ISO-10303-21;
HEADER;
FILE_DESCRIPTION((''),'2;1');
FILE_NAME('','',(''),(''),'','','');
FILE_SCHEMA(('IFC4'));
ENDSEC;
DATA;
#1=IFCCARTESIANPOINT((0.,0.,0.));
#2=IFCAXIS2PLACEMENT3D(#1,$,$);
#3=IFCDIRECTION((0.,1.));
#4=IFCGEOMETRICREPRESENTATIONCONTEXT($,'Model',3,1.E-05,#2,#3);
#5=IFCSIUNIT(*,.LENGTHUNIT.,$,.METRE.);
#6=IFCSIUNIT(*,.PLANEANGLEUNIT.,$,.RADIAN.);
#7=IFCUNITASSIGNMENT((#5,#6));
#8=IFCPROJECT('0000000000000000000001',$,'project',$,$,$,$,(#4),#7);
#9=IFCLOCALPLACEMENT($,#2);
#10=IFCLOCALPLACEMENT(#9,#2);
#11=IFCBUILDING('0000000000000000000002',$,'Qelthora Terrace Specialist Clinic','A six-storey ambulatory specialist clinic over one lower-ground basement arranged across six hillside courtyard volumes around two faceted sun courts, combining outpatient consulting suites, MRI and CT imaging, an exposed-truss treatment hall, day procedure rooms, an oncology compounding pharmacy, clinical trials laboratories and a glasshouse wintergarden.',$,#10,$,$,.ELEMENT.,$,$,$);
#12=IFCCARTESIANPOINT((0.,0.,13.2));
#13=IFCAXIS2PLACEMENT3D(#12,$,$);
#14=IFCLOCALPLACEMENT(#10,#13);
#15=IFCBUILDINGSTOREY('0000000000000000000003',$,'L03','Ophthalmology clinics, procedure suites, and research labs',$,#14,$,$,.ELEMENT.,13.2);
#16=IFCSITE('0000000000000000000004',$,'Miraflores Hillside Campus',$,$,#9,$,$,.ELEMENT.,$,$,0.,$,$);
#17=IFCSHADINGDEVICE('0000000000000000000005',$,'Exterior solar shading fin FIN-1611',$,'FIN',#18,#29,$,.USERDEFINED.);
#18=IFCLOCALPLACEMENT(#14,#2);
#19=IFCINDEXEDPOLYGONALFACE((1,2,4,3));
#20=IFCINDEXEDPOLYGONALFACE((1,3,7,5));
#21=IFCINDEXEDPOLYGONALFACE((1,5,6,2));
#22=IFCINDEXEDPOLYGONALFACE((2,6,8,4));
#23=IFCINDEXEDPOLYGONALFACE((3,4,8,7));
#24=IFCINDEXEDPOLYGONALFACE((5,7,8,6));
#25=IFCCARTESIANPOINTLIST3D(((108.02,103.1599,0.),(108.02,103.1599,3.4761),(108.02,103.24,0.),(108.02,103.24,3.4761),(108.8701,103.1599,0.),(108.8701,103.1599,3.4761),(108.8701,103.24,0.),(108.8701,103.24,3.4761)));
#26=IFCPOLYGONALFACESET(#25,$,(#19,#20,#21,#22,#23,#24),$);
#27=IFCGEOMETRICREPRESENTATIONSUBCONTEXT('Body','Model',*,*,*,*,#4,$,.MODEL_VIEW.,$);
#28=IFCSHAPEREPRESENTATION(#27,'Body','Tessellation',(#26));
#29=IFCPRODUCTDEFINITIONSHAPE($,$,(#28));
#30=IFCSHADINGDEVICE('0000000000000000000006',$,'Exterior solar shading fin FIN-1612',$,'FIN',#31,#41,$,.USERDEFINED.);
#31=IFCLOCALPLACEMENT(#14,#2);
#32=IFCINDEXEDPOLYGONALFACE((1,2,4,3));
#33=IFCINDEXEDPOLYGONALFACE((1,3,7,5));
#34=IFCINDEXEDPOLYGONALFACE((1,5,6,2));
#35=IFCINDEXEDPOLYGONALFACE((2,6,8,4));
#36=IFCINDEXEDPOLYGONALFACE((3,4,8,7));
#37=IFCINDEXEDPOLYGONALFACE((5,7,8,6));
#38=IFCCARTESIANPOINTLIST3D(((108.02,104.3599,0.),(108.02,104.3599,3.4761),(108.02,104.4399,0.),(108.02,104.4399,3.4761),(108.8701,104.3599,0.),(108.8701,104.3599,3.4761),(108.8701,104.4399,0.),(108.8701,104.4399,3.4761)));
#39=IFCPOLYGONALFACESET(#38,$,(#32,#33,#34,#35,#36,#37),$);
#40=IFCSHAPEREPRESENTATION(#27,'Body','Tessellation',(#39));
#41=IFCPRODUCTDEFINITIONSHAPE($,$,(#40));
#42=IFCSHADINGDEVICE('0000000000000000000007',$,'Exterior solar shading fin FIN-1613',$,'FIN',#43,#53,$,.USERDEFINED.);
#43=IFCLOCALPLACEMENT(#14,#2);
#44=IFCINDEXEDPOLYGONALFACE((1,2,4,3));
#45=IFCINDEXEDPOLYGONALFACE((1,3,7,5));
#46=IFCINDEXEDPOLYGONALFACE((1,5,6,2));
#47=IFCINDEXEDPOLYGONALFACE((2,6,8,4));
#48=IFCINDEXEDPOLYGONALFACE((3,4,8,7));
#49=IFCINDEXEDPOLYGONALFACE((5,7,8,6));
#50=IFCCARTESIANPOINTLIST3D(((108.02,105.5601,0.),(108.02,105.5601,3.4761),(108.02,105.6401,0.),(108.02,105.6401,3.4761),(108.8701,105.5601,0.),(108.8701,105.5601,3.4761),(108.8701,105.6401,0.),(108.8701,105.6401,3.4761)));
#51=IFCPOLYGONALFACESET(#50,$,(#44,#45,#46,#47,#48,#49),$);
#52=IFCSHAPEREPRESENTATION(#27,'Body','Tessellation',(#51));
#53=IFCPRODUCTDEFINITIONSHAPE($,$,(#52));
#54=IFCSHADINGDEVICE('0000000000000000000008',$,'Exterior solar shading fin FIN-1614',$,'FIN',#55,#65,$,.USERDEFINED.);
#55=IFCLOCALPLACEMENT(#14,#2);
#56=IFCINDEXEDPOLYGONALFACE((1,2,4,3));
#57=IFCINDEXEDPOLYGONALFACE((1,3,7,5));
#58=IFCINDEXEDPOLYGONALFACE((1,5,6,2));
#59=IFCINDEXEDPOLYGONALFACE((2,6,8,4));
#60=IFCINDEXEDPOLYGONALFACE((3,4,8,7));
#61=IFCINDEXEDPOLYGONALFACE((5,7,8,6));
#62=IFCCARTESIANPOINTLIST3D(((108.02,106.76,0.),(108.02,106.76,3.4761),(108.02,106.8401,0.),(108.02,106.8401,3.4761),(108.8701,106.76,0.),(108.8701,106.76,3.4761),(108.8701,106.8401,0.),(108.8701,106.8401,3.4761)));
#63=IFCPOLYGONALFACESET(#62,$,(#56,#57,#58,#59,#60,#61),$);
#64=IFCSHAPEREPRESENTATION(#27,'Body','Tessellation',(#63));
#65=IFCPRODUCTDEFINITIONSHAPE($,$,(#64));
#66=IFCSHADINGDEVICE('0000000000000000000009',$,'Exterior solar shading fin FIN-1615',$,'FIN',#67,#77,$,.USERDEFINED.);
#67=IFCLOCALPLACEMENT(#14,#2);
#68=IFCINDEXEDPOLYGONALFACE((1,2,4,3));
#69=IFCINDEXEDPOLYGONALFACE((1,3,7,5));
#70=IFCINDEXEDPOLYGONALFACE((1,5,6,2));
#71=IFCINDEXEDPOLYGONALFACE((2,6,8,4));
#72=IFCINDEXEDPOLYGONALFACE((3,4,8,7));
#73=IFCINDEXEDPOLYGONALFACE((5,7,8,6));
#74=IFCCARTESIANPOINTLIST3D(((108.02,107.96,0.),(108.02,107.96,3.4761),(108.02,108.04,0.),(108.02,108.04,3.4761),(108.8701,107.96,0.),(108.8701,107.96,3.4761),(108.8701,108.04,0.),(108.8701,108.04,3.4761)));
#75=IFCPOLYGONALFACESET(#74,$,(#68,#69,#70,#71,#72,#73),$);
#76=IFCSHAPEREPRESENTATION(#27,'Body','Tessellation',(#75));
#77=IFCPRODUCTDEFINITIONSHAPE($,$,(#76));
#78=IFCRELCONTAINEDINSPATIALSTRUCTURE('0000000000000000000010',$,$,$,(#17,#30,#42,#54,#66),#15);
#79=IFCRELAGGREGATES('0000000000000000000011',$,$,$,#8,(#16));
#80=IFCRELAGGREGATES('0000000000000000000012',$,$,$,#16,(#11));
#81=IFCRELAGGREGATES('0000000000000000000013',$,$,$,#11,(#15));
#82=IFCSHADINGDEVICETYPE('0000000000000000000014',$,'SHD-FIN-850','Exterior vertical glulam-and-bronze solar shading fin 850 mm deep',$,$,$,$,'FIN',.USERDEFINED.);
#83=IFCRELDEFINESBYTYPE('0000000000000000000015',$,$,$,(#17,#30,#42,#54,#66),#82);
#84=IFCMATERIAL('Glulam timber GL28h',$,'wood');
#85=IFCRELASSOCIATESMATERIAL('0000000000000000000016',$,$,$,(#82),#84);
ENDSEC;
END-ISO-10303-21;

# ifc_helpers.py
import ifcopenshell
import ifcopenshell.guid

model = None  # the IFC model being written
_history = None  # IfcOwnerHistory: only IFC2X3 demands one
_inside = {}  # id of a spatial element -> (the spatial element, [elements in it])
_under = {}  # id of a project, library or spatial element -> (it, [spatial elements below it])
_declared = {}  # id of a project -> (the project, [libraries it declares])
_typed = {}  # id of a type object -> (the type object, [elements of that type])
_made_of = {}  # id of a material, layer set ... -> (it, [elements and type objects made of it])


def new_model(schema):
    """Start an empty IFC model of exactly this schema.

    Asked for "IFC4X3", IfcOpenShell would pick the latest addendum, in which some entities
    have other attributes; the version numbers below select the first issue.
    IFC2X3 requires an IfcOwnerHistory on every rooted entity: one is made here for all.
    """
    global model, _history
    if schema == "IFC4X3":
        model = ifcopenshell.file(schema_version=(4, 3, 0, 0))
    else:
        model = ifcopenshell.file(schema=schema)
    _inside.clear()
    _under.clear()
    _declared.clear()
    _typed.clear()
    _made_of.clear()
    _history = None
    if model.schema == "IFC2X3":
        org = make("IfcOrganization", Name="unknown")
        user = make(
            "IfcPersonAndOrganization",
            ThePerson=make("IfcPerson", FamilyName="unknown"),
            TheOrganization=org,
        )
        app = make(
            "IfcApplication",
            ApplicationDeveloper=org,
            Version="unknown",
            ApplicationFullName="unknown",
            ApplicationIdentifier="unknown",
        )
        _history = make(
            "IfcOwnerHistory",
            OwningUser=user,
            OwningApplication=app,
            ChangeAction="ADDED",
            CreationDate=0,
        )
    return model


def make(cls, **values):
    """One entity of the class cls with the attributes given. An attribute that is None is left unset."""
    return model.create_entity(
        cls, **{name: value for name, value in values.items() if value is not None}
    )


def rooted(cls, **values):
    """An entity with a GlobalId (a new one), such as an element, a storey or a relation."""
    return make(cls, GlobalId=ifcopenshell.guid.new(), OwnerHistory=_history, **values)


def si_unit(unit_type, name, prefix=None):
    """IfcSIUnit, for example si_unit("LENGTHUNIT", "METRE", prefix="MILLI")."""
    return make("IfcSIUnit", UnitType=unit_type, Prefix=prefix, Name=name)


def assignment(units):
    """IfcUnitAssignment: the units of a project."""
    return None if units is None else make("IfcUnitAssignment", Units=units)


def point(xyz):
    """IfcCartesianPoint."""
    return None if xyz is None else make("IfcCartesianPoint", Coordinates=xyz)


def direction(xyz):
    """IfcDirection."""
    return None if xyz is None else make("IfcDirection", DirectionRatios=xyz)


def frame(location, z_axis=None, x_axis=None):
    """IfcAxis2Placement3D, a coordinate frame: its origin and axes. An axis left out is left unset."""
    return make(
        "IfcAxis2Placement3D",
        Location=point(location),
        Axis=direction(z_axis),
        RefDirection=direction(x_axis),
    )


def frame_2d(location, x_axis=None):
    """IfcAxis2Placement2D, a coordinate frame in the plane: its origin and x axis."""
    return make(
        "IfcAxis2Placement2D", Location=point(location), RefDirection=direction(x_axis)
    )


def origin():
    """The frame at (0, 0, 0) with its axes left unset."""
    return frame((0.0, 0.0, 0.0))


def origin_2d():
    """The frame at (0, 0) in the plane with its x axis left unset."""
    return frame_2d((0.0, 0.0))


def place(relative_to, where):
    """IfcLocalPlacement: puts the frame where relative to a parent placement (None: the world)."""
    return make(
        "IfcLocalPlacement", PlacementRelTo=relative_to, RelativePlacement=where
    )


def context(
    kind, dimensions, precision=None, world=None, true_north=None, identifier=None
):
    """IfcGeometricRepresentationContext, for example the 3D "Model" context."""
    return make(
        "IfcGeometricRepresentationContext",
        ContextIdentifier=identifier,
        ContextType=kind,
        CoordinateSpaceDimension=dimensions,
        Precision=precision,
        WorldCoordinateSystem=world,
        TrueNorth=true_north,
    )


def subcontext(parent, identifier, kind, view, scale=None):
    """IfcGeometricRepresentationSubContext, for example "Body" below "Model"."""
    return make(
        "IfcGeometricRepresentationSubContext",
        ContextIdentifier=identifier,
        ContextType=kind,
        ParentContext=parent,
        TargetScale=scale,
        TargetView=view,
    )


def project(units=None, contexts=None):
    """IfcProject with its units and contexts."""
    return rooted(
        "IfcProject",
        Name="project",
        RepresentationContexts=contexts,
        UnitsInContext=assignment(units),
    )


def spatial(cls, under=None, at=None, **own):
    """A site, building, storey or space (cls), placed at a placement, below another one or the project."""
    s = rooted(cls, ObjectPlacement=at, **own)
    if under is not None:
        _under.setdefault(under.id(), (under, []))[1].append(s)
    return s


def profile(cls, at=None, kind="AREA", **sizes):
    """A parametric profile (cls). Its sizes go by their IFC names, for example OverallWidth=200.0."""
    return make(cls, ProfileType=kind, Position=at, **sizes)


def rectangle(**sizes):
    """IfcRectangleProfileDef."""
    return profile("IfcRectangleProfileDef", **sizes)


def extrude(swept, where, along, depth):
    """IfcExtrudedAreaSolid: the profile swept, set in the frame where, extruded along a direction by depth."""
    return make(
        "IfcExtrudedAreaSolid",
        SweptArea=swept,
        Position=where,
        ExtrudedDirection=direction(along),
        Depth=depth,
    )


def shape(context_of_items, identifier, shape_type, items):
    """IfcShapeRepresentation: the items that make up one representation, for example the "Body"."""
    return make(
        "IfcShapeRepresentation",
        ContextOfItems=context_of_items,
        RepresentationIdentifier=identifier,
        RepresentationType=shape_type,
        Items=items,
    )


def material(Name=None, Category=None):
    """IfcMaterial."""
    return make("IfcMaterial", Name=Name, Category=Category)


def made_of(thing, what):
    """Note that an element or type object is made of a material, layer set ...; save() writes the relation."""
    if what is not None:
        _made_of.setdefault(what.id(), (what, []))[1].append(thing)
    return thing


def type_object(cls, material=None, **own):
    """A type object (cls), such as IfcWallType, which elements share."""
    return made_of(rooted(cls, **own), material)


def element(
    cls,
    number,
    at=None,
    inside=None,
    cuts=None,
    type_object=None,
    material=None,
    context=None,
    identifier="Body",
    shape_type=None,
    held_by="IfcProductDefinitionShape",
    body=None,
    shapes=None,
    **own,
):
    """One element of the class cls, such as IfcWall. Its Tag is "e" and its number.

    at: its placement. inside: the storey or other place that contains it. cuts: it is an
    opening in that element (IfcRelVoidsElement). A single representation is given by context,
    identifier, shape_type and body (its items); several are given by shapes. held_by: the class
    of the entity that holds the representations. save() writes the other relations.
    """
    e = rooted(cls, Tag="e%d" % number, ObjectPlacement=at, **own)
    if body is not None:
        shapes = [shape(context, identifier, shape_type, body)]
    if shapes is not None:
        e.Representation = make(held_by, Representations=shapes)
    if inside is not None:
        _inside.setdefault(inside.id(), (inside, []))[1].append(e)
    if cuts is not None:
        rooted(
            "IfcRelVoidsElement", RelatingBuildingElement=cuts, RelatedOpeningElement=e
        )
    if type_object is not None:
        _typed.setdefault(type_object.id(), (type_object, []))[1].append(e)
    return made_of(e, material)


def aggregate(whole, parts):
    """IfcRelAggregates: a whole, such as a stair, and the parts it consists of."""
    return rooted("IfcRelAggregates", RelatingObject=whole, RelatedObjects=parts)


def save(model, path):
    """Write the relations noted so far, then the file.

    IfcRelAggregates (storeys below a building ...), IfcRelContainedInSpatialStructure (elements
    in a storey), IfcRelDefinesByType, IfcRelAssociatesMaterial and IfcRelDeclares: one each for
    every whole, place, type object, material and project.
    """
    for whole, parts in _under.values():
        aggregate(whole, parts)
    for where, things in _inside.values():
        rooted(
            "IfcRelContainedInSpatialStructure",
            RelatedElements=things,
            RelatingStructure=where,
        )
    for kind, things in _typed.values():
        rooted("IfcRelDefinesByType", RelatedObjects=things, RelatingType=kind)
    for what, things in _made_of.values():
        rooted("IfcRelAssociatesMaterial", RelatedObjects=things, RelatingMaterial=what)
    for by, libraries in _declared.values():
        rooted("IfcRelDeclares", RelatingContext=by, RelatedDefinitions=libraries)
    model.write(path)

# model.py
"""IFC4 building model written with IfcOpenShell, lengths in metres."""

from ifc_helpers import new_model, si_unit, direction, frame, origin, origin_2d, place, context, subcontext, project, spatial, rectangle, extrude, material, type_object, element, save


model = new_model("IFC4")

# Units and contexts
model_context = context("Model", 3, precision=1e-05, world=origin(), true_north=direction((0.0, 1.0)))
body_context = subcontext(model_context, "Body", "Model", "MODEL_VIEW")
ifc_project = project(units=[si_unit("LENGTHUNIT", "METRE"), si_unit("PLANEANGLEUNIT", "RADIAN")], contexts=[model_context])

# Site, building, storey
site_placement = place(None, origin())
site = spatial("IfcSite", under=ifc_project, at=site_placement, Name="Miraflores Hillside Campus", CompositionType="ELEMENT", RefElevation=0.0)
building_placement = place(site_placement, origin())
building = spatial("IfcBuilding", under=site, at=building_placement, Name="Qelthora Terrace Specialist Clinic", Description="A six-storey ambulatory specialist clinic over one lower-ground basement arranged across six hillside courtyard volumes around two faceted sun courts, combining outpatient consulting suites, MRI and CT imaging, an exposed-truss treatment hall, day procedure rooms, an oncology compounding pharmacy, clinical trials laboratories and a glasshouse wintergarden.", CompositionType="ELEMENT")
storey_placement = place(building_placement, frame((0.0, 0.0, 13.2)))
storey = spatial("IfcBuildingStorey", under=building, at=storey_placement, Name="L03", Description="Ophthalmology clinics, procedure suites, and research labs", CompositionType="ELEMENT", Elevation=13.2)

# Shared definitions
ifc_material_1 = material(Name="Glulam timber GL28h", Category="wood")

# Shading devices
shading_device_type = type_object("IfcShadingDeviceType", Name="SHD-FIN-850", Description="Exterior vertical glulam-and-bronze solar shading fin 850 mm deep", ElementType="FIN", PredefinedType="USERDEFINED", material=ifc_material_1)
for number, where, z_axis, x_axis, name in (
    (1, (108.4451, 103.2, 0.0), (0.0, 0.0, 1.0), (1.0, 0.0, 0.0), "Exterior solar shading fin FIN-1611"),
    (2, (108.4451, 104.3999, 0.0), (0.0, 0.0, 1.0), (1.0, 0.0, 0.0), "Exterior solar shading fin FIN-1612"),
    (3, (108.4451, 105.6001, 0.0), (0.0, 0.0, 1.0), (1.0, 0.0, 0.0), "Exterior solar shading fin FIN-1613"),
    (4, (108.4451, 106.8, 0.0), (0.0, 0.0, 1.0), (1.0, 0.0, 0.0), "Exterior solar shading fin FIN-1614"),
    (5, (108.4451, 108.0, 0.0), (0.0, 0.0, 1.0), (1.0, 0.0, 0.0), "Exterior solar shading fin FIN-1615"),
):
    element("IfcShadingDevice", number, at=place(storey_placement, frame(where, z_axis=z_axis, x_axis=x_axis)), inside=storey, type_object=shading_device_type, Name=name, ObjectType="FIN", PredefinedType="USERDEFINED", context=body_context, shape_type="SweptSolid", body=[
        extrude(rectangle(XDim=0.8501, YDim=0.0801, at=origin_2d()), origin(), (0.0, 0.0, 1.0), 3.4761),
    ])

save(model, "model.ifc")
